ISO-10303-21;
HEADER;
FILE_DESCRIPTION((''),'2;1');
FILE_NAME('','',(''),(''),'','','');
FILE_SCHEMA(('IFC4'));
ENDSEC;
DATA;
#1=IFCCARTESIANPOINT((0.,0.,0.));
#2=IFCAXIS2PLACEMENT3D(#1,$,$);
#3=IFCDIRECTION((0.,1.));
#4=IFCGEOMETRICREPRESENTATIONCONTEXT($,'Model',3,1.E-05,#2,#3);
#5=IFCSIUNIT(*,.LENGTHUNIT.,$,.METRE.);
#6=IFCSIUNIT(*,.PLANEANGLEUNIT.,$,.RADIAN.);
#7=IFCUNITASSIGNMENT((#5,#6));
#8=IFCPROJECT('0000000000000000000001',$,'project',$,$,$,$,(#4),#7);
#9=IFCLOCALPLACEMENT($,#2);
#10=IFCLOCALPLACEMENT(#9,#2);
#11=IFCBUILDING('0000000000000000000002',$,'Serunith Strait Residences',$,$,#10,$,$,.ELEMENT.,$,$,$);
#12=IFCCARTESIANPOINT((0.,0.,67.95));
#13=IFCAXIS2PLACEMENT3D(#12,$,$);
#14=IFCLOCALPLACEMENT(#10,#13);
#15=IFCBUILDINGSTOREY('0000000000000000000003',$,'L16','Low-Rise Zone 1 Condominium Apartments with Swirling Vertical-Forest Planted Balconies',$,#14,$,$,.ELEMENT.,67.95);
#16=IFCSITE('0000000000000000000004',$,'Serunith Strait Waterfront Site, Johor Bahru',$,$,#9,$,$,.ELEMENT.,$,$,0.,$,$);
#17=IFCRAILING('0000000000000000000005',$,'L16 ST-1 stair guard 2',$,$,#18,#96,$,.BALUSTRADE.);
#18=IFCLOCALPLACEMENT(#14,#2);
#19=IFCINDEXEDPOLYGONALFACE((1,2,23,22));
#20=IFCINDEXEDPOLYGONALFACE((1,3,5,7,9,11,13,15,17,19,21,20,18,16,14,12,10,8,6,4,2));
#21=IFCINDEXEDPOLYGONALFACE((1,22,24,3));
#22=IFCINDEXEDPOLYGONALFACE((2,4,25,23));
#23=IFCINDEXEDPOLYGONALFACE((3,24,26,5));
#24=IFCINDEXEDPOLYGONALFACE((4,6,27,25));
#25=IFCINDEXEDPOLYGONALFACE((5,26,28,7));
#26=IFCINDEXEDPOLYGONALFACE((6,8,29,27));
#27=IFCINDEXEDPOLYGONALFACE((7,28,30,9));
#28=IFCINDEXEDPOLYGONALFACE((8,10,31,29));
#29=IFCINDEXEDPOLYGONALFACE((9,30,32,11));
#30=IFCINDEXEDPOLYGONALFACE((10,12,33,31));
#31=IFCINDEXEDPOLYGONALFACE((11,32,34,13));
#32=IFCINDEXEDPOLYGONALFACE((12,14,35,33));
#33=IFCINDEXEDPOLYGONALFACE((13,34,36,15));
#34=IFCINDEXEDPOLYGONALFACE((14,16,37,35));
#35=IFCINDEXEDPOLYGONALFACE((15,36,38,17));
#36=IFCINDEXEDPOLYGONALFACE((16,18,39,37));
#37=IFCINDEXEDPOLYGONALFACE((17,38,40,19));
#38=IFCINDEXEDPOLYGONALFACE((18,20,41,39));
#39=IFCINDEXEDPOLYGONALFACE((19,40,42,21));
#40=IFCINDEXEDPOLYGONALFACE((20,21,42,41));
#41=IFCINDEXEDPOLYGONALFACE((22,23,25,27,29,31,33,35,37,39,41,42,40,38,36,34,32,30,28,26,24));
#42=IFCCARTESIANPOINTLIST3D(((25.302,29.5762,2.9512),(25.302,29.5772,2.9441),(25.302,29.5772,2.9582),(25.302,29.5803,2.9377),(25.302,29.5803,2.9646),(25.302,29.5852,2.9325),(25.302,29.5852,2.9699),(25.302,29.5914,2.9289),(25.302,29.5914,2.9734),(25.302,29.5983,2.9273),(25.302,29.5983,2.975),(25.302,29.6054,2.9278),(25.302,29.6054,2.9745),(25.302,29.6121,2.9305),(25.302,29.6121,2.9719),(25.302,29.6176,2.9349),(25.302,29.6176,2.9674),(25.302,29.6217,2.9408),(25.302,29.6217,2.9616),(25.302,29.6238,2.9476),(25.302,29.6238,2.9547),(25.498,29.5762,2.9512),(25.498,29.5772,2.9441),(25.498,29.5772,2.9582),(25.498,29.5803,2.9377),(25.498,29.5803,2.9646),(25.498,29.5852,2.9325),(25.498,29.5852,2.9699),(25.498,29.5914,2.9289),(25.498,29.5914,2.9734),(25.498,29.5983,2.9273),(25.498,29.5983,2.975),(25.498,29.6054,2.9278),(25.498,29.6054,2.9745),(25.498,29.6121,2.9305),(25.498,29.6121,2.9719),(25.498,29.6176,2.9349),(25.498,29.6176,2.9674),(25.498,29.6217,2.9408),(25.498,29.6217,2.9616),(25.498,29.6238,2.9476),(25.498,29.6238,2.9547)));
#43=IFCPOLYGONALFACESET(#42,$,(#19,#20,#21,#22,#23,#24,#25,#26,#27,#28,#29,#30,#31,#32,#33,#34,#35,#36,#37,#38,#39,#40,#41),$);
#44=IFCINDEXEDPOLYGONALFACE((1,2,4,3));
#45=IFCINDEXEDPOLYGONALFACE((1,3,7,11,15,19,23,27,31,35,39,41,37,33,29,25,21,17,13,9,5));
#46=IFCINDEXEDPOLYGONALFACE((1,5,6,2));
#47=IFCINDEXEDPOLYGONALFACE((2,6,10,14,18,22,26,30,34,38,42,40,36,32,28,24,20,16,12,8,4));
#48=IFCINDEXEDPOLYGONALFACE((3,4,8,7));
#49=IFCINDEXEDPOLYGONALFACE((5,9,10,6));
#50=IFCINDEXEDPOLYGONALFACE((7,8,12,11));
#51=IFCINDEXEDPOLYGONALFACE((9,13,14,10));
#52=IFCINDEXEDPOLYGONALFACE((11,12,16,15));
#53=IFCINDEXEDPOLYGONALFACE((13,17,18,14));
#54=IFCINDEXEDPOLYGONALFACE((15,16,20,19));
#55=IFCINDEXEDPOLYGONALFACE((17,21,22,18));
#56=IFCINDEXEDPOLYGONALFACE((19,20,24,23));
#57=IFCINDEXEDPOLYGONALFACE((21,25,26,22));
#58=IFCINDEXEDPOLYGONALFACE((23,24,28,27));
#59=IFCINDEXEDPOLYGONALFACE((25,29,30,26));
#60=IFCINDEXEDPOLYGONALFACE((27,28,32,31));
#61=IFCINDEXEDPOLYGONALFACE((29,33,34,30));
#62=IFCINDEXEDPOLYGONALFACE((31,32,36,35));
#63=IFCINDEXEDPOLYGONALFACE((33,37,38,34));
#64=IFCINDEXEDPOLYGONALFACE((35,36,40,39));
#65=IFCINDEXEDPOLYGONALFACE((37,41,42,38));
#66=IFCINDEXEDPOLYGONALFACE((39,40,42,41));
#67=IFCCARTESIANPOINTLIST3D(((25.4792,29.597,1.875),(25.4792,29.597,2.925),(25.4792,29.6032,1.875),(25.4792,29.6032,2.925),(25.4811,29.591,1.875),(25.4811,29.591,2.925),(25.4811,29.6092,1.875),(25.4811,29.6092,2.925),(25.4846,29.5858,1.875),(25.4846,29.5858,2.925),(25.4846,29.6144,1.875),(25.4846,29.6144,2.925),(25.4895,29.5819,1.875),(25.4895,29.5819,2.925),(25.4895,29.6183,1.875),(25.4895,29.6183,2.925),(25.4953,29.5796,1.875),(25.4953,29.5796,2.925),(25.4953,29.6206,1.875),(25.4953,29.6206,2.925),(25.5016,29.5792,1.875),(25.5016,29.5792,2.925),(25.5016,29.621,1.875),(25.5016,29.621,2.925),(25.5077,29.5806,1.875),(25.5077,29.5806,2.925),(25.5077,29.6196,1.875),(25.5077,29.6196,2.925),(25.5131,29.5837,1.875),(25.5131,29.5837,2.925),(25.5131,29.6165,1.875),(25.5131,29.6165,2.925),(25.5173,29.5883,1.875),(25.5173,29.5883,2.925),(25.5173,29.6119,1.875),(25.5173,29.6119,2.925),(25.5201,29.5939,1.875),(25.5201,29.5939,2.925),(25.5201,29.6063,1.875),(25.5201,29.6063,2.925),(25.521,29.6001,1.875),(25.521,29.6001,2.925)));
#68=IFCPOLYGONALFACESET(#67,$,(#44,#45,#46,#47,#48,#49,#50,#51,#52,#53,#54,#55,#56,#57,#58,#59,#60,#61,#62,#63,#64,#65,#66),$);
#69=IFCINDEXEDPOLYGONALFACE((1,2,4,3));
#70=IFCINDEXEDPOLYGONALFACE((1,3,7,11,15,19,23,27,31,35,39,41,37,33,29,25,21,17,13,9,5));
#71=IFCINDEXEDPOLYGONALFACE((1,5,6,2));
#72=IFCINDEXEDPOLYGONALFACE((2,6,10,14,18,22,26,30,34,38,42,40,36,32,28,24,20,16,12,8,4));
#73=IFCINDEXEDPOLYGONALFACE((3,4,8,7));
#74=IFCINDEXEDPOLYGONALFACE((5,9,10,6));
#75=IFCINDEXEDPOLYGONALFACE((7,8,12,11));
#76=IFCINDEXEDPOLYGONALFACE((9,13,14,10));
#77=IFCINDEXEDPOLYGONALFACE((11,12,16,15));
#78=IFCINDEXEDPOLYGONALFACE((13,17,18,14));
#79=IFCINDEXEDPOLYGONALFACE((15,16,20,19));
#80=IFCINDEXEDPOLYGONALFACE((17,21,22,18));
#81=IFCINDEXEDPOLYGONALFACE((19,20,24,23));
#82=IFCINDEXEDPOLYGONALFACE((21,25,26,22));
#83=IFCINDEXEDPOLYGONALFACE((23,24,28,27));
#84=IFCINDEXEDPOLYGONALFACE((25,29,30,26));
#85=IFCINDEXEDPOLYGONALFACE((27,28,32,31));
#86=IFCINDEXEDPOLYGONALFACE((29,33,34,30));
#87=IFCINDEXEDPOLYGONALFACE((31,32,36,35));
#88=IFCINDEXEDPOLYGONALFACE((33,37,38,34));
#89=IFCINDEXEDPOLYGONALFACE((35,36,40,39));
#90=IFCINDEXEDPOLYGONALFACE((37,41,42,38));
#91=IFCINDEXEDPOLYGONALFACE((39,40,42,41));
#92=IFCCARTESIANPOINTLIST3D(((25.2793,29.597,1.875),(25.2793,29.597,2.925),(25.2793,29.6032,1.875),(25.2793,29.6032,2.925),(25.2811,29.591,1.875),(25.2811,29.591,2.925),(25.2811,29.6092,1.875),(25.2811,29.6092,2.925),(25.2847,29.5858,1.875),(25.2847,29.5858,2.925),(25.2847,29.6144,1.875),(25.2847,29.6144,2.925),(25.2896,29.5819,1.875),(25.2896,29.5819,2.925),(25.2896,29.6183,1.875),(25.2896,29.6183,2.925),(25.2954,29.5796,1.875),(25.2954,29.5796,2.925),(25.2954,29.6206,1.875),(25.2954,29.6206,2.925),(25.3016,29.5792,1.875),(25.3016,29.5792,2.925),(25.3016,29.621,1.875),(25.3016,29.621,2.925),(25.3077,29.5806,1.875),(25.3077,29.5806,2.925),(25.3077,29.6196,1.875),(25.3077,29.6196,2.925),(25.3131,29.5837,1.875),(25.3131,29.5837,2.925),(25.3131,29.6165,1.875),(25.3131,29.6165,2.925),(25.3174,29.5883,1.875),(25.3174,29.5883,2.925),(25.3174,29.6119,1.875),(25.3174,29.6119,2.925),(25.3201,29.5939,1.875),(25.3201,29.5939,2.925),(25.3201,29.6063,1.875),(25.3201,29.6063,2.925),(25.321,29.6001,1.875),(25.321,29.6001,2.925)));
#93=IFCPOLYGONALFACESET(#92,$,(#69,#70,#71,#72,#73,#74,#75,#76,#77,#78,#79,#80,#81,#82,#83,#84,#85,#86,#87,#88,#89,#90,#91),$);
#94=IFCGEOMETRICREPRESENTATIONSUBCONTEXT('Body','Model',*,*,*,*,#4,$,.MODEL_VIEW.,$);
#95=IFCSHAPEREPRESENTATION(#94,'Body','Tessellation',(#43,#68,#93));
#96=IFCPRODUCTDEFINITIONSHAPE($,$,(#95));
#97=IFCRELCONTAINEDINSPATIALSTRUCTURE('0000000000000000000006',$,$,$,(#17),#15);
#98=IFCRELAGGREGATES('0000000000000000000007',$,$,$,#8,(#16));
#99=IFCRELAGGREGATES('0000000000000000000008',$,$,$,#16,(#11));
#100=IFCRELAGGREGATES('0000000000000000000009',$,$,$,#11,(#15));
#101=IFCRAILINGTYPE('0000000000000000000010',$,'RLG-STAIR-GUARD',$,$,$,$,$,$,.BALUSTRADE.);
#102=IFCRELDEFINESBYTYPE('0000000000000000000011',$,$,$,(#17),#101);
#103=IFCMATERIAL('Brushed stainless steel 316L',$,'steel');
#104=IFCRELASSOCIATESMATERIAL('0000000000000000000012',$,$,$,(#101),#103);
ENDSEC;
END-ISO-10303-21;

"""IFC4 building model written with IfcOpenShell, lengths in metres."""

from ifc_helpers import new_model, si_unit, direction, frame, origin, origin_2d, place, context, subcontext, project, spatial, circle, extrude, material, type_object, element, save


model = new_model("IFC4")

# Units and contexts
model_context = context("Model", 3, precision=1e-05, world=origin(), true_north=direction((0.0, 1.0)))
body_context = subcontext(model_context, "Body", "Model", "MODEL_VIEW")
ifc_project = project(units=[si_unit("LENGTHUNIT", "METRE"), si_unit("PLANEANGLEUNIT", "RADIAN")], contexts=[model_context])

# Site, building, storey
site_placement = place(None, origin())
site = spatial("IfcSite", under=ifc_project, at=site_placement, Name="Serunith Strait Waterfront Site, Johor Bahru", CompositionType="ELEMENT", RefElevation=0.0)
building_placement = place(site_placement, origin())
building = spatial("IfcBuilding", under=site, at=building_placement, Name="Serunith Strait Residences", CompositionType="ELEMENT")
storey_placement = place(building_placement, frame((0.0, 0.0, 67.95)))
storey = spatial("IfcBuildingStorey", under=building, at=storey_placement, Name="L16", Description="Low-Rise Zone 1 Condominium Apartments with Swirling Vertical-Forest Planted Balconies", CompositionType="ELEMENT", Elevation=67.95)

# Railing
ifc_material_1 = material(Name="Brushed stainless steel 316L", Category="steel")
railing_type_1 = type_object("IfcRailingType", Name="RLG-STAIR-GUARD", PredefinedType="BALUSTRADE", material=ifc_material_1)
railing_1_placement = place(storey_placement, frame((25.5, 29.6001, 1.875)))
element("IfcRailing", 1, at=railing_1_placement, inside=storey, type_object=railing_type_1, Name="L16 ST-1 stair guard 2", PredefinedType="BALUSTRADE", context=body_context, shape_type="SweptSolid", body=[
    extrude(circle(Radius=0.0239, at=origin_2d()), frame((-0.002, 0.0, 1.0762), z_axis=(-1.0, 0.0, 0.0), x_axis=(0.0, -1.0, 0.0)), (0.0, 0.0, 1.0), 0.196),
    extrude(circle(Radius=0.021, at=origin_2d()), origin(), (0.0, 0.0, 1.0), 1.05),
    extrude(circle(Radius=0.021, at=origin_2d()), frame((-0.2, 0.0, 0.0)), (0.0, 0.0, 1.0), 1.05),
])

save(model, "model.ifc")
